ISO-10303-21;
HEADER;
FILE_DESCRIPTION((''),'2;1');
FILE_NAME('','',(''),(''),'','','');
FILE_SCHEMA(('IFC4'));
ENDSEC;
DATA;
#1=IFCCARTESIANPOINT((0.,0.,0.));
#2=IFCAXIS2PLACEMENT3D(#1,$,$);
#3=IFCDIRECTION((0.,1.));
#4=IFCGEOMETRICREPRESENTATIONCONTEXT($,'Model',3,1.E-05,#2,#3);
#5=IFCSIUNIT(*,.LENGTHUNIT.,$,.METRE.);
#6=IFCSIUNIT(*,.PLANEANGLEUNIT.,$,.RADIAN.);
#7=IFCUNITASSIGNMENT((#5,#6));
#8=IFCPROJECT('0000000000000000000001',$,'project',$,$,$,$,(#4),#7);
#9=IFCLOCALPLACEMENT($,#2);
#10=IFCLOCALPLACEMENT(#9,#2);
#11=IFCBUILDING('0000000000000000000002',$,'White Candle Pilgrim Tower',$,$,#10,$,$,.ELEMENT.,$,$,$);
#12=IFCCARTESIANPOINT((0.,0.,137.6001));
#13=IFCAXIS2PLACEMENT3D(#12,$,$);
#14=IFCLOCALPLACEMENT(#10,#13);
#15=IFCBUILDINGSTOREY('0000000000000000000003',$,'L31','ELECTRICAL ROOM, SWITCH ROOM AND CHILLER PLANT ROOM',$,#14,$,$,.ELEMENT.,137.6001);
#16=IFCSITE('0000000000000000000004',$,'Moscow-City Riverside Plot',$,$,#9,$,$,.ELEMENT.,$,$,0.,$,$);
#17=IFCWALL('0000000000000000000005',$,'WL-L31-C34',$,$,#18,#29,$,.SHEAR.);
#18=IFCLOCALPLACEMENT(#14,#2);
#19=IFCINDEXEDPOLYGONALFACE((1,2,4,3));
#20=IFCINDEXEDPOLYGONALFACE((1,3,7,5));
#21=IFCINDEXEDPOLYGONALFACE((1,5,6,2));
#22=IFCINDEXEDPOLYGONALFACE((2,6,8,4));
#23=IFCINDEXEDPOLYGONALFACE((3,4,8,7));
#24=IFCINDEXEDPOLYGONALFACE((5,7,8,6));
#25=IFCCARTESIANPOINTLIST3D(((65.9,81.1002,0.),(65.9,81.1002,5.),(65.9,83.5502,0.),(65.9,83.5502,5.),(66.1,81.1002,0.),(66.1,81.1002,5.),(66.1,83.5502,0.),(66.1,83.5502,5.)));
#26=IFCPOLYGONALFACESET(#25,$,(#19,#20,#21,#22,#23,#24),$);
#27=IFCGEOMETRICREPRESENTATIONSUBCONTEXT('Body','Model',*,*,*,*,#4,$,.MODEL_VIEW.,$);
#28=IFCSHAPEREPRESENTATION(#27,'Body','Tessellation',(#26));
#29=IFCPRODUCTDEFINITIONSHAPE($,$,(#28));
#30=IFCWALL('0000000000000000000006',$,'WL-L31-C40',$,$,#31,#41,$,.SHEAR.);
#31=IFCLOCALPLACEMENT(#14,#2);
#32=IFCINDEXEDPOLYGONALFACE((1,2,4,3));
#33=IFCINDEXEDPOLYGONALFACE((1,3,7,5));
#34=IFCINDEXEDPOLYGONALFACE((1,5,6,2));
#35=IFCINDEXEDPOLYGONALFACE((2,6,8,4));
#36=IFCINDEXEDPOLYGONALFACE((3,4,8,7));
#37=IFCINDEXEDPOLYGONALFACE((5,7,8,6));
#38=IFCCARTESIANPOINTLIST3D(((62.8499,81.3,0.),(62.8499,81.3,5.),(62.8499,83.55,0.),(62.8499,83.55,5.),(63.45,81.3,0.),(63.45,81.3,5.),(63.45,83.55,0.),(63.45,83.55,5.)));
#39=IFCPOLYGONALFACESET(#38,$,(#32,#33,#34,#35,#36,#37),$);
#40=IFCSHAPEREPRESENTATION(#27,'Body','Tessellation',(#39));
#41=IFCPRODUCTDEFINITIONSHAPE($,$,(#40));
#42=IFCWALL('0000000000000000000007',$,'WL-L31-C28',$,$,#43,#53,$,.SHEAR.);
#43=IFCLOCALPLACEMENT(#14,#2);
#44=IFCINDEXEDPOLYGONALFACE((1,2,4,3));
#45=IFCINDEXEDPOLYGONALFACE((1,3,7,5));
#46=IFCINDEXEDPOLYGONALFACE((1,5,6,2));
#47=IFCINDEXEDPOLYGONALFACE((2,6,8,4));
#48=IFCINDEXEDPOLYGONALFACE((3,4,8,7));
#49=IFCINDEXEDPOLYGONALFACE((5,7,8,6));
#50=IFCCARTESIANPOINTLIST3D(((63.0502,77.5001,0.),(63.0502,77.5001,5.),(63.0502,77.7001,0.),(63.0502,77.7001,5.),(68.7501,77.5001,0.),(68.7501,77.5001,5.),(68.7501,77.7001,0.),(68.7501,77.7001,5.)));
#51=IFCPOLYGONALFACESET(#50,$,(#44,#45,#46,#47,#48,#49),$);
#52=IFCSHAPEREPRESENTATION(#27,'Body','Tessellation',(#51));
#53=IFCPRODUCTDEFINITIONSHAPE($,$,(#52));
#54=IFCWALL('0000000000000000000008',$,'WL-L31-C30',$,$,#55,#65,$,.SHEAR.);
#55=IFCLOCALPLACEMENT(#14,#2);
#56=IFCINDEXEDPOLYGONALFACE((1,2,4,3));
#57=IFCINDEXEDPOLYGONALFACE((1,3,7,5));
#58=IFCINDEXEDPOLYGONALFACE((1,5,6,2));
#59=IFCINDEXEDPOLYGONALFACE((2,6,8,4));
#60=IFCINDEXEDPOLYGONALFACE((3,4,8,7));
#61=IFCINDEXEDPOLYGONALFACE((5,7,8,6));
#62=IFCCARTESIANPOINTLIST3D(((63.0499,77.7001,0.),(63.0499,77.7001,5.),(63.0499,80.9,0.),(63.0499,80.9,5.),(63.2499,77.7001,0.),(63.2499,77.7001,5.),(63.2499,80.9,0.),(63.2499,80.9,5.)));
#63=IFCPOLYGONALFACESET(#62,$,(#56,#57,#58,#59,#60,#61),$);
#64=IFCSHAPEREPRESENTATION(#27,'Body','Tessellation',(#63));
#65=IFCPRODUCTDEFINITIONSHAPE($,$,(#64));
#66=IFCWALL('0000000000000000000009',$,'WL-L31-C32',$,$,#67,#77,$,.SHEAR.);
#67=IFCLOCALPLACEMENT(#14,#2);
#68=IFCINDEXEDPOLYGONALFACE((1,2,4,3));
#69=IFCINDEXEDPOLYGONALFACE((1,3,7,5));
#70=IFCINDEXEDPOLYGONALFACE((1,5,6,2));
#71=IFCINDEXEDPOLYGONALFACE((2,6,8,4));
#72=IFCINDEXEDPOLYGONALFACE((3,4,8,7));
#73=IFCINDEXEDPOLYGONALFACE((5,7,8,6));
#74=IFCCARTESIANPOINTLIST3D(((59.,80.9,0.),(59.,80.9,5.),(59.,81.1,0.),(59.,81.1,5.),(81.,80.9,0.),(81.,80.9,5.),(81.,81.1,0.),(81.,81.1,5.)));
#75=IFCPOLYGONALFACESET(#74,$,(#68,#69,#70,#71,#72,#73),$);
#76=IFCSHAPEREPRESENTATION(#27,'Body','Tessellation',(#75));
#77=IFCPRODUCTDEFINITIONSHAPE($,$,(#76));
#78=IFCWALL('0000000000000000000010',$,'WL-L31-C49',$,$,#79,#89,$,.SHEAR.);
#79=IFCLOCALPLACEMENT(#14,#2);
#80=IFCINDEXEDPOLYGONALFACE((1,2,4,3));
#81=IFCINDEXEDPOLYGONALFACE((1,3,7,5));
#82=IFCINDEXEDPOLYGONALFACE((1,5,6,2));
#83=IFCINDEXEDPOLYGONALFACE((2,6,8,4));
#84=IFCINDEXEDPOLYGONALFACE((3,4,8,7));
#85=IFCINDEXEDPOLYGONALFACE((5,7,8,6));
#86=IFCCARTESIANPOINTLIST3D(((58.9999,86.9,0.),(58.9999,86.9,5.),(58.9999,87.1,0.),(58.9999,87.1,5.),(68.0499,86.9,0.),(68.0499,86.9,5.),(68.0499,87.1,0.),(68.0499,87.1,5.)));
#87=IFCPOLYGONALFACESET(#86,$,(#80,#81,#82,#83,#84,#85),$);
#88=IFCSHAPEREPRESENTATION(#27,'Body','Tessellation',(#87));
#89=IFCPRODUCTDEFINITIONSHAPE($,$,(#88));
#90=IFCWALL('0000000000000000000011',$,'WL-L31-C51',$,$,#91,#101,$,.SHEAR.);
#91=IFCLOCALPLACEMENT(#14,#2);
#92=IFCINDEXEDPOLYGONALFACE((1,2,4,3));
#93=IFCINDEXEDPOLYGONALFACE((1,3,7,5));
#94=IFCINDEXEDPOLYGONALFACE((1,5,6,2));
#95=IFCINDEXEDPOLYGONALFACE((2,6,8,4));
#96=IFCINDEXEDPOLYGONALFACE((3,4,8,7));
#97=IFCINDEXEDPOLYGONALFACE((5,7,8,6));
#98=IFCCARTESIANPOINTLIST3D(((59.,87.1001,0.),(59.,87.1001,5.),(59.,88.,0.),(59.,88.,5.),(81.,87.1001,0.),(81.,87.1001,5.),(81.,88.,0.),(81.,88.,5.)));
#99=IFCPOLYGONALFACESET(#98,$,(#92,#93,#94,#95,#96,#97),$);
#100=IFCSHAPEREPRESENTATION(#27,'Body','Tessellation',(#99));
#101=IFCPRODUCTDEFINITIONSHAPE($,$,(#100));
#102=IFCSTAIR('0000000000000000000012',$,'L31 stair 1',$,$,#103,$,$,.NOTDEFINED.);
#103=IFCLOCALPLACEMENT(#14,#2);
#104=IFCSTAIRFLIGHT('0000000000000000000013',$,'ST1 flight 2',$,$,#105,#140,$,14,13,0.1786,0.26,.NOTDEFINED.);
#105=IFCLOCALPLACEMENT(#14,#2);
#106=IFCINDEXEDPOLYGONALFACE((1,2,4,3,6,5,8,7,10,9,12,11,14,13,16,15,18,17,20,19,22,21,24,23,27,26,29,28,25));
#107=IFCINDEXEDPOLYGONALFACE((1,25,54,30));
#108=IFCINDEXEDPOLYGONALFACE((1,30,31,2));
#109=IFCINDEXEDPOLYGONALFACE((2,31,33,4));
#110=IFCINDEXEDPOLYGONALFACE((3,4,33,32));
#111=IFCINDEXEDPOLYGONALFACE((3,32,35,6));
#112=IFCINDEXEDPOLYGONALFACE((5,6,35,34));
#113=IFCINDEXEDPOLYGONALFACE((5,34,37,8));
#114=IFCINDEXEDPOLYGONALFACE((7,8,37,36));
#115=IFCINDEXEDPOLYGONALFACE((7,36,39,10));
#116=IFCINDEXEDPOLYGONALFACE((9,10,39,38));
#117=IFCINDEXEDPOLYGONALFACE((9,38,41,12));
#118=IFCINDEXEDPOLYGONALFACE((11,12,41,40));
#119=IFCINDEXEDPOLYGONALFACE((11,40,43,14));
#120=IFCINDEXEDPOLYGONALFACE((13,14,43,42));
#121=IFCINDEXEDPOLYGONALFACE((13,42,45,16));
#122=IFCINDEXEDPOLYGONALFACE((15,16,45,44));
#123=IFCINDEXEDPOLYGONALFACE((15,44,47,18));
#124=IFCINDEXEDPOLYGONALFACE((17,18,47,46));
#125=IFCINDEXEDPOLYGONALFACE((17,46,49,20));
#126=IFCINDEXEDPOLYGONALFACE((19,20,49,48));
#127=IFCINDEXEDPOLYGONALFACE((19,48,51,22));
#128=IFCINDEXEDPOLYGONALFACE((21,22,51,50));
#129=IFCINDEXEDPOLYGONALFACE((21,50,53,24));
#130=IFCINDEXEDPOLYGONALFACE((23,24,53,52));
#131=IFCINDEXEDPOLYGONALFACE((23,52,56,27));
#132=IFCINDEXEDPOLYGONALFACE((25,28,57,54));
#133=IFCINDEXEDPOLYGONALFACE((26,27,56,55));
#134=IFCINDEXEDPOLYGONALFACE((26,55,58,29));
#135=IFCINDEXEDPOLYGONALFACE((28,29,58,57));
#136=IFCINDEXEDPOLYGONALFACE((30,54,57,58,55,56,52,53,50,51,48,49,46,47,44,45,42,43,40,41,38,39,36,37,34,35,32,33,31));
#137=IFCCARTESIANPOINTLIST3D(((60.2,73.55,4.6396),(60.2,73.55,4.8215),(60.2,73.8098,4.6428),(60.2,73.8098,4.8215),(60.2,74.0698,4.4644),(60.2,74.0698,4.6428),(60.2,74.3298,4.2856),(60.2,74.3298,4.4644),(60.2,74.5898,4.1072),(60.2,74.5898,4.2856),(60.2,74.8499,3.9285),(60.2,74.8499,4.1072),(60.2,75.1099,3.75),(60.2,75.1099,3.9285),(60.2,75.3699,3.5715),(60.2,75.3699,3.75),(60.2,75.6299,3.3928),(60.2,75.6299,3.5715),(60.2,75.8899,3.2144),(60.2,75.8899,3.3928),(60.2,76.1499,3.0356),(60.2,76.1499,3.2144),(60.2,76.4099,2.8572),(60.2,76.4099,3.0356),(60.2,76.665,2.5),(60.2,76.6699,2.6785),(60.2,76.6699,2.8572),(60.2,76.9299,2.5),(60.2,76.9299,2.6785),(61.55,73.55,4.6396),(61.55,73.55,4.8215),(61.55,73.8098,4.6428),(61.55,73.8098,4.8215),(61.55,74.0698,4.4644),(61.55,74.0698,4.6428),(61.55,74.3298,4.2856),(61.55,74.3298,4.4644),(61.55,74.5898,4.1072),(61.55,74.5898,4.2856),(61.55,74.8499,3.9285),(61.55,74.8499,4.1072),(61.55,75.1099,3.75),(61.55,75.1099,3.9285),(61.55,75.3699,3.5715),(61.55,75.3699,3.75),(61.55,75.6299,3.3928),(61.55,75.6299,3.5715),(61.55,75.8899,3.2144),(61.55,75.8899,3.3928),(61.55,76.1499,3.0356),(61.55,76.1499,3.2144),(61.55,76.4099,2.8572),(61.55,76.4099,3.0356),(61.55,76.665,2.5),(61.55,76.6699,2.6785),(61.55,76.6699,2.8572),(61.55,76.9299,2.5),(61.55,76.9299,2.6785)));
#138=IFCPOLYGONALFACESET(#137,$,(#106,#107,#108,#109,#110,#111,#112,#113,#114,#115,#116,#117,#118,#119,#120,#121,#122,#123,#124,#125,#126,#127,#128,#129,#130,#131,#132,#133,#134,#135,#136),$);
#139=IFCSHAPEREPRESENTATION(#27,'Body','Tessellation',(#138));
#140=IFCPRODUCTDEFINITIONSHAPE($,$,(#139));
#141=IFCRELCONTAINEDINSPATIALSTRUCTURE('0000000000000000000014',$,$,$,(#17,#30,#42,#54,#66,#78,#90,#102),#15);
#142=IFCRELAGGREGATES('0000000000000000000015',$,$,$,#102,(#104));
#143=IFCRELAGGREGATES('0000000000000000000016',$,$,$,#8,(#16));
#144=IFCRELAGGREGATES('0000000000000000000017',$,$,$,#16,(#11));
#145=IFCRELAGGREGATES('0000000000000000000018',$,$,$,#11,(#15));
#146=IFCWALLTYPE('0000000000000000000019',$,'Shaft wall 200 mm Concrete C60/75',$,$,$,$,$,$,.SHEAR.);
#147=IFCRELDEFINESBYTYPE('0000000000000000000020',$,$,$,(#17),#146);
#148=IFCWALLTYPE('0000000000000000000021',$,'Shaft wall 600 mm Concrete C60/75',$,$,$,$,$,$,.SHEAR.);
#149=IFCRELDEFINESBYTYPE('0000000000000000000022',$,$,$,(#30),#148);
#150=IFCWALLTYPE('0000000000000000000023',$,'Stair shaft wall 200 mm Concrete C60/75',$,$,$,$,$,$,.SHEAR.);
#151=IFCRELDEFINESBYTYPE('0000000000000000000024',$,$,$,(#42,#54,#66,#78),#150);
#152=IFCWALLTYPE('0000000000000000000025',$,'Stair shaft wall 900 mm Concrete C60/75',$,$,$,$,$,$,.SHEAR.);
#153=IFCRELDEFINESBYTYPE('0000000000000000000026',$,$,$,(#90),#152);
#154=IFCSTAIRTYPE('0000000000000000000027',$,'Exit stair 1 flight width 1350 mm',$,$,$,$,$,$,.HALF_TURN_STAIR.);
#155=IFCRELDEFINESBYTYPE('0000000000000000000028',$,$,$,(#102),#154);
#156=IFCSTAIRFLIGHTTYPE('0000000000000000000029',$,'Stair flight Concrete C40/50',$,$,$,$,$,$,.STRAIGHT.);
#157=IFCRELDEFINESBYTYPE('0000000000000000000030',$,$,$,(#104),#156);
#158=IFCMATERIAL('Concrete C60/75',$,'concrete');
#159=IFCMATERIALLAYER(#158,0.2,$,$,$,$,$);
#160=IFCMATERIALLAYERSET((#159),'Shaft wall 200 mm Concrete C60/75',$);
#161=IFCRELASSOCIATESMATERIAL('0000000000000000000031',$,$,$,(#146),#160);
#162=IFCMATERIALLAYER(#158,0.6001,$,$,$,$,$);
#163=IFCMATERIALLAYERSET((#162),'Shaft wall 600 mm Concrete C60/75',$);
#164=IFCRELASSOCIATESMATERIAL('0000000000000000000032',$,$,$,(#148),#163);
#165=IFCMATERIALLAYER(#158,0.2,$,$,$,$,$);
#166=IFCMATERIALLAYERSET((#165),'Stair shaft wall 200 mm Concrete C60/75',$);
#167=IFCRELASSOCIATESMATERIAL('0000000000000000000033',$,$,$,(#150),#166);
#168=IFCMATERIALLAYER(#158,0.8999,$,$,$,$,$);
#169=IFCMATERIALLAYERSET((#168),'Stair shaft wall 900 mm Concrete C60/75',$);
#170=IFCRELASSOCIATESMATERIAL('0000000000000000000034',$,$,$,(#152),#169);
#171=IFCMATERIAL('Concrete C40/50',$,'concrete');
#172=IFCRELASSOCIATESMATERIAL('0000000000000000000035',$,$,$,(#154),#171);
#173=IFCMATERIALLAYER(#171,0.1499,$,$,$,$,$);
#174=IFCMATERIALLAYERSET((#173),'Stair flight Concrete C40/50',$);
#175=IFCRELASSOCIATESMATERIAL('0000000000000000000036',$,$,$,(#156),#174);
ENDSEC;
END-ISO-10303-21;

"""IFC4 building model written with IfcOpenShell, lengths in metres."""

from ifc_helpers import new_model, si_unit, direction, frame, frame_2d, origin, place, context, subcontext, project, spatial, polyline, rectangle, outline, extrude, material, layer, layer_set, type_object, element, aggregate, save


model = new_model("IFC4")

# Units and contexts
model_context = context("Model", 3, precision=1e-05, world=origin(), true_north=direction((0.0, 1.0)))
body_context = subcontext(model_context, "Body", "Model", "MODEL_VIEW")
ifc_project = project(units=[si_unit("LENGTHUNIT", "METRE"), si_unit("PLANEANGLEUNIT", "RADIAN")], contexts=[model_context])

# Site, building, storey
site_placement = place(None, origin())
site = spatial("IfcSite", under=ifc_project, at=site_placement, Name="Moscow-City Riverside Plot", CompositionType="ELEMENT", RefElevation=0.0)
building_placement = place(site_placement, origin())
building = spatial("IfcBuilding", under=site, at=building_placement, Name="White Candle Pilgrim Tower", CompositionType="ELEMENT")
storey_placement = place(building_placement, frame((0.0, 0.0, 137.6001)))
storey = spatial("IfcBuildingStorey", under=building, at=storey_placement, Name="L31", Description="ELECTRICAL ROOM, SWITCH ROOM AND CHILLER PLANT ROOM", CompositionType="ELEMENT", Elevation=137.6001)

# Shared definitions
ifc_material_1 = material(Name="Concrete C60/75", Category="concrete")

# Walls
ifc_layer_1 = layer(ifc_material_1, 0.2)
ifc_layer_set_1 = layer_set([ifc_layer_1], Name="Shaft wall 200 mm Concrete C60/75")
wall_type_1 = type_object("IfcWallType", Name="Shaft wall 200 mm Concrete C60/75", PredefinedType="SHEAR", material=ifc_layer_set_1)
wall_1_placement = place(storey_placement, frame((66.0, 81.1001, 0.0), z_axis=(0.0, 0.0, 1.0), x_axis=(0.0, 1.0, 0.0)))
element("IfcWall", 1, at=wall_1_placement, inside=storey, type_object=wall_type_1, Name="WL-L31-C34", PredefinedType="SHEAR", context=body_context, shape_type="SweptSolid", body=[
    extrude(rectangle(XDim=2.45, YDim=0.2, at=frame_2d((1.2251, 0.0))), origin(), (0.0, 0.0, 1.0), 5.0),
])
ifc_layer_2 = layer(ifc_material_1, 0.6001)
ifc_layer_set_2 = layer_set([ifc_layer_2], Name="Shaft wall 600 mm Concrete C60/75")
wall_type_2 = type_object("IfcWallType", Name="Shaft wall 600 mm Concrete C60/75", PredefinedType="SHEAR", material=ifc_layer_set_2)
wall_2_placement = place(storey_placement, frame((63.1499, 81.3, 0.0), z_axis=(0.0, 0.0, 1.0), x_axis=(0.0, 1.0, 0.0)))
element("IfcWall", 2, at=wall_2_placement, inside=storey, type_object=wall_type_2, Name="WL-L31-C40", PredefinedType="SHEAR", context=body_context, shape_type="SweptSolid", body=[
    extrude(rectangle(XDim=2.25, YDim=0.6001, at=frame_2d((1.125, 0.0))), origin(), (0.0, 0.0, 1.0), 5.0),
])
ifc_layer_3 = layer(ifc_material_1, 0.2)
ifc_layer_set_3 = layer_set([ifc_layer_3], Name="Stair shaft wall 200 mm Concrete C60/75")
wall_type_3 = type_object("IfcWallType", Name="Stair shaft wall 200 mm Concrete C60/75", PredefinedType="SHEAR", material=ifc_layer_set_3)
wall_3_placement = place(storey_placement, frame((63.05, 77.6001, 0.0), z_axis=(0.0, 0.0, 1.0), x_axis=(1.0, 0.0, 0.0)))
element("IfcWall", 3, at=wall_3_placement, inside=storey, type_object=wall_type_3, Name="WL-L31-C28", PredefinedType="SHEAR", context=body_context, shape_type="SweptSolid", body=[
    extrude(rectangle(XDim=5.7, YDim=0.2, at=frame_2d((2.8501, 0.0))), origin(), (0.0, 0.0, 1.0), 5.0),
])
wall_4_placement = place(storey_placement, frame((63.1499, 77.7, 0.0), z_axis=(0.0, 0.0, 1.0), x_axis=(0.0, 1.0, 0.0)))
element("IfcWall", 4, at=wall_4_placement, inside=storey, type_object=wall_type_3, Name="WL-L31-C30", PredefinedType="SHEAR", context=body_context, shape_type="SweptSolid", body=[
    extrude(rectangle(XDim=3.2, YDim=0.2, at=frame_2d((1.6001, 0.0))), origin(), (0.0, 0.0, 1.0), 5.0),
])
wall_5_placement = place(storey_placement, frame((59.0, 81.0, 0.0), z_axis=(0.0, 0.0, 1.0), x_axis=(1.0, 0.0, 0.0)))
element("IfcWall", 5, at=wall_5_placement, inside=storey, type_object=wall_type_3, Name="WL-L31-C32", PredefinedType="SHEAR", context=body_context, shape_type="SweptSolid", body=[
    extrude(rectangle(XDim=22.0, YDim=0.2, at=frame_2d((11.0, 0.0))), origin(), (0.0, 0.0, 1.0), 5.0),
])
wall_6_placement = place(storey_placement, frame((59.0, 87.0, 0.0), z_axis=(0.0, 0.0, 1.0), x_axis=(1.0, 0.0, 0.0)))
element("IfcWall", 6, at=wall_6_placement, inside=storey, type_object=wall_type_3, Name="WL-L31-C49", PredefinedType="SHEAR", context=body_context, shape_type="SweptSolid", body=[
    extrude(rectangle(XDim=9.05, YDim=0.2, at=frame_2d((4.5249, 0.0))), origin(), (0.0, 0.0, 1.0), 5.0),
])
ifc_layer_4 = layer(ifc_material_1, 0.8999)
ifc_layer_set_4 = layer_set([ifc_layer_4], Name="Stair shaft wall 900 mm Concrete C60/75")
wall_type_4 = type_object("IfcWallType", Name="Stair shaft wall 900 mm Concrete C60/75", PredefinedType="SHEAR", material=ifc_layer_set_4)
wall_7_placement = place(storey_placement, frame((59.0, 87.55, 0.0), z_axis=(0.0, 0.0, 1.0), x_axis=(1.0, 0.0, 0.0)))
element("IfcWall", 7, at=wall_7_placement, inside=storey, type_object=wall_type_4, Name="WL-L31-C51", PredefinedType="SHEAR", context=body_context, shape_type="SweptSolid", body=[
    extrude(rectangle(XDim=22.0, YDim=0.8999, at=frame_2d((11.0, 0.0))), origin(), (0.0, 0.0, 1.0), 5.0),
])

# Stair, stair flight
ifc_material_2 = material(Name="Concrete C40/50", Category="concrete")
stair_type = type_object("IfcStairType", Name="Exit stair 1 flight width 1350 mm", PredefinedType="HALF_TURN_STAIR", material=ifc_material_2)
stair_placement = place(storey_placement, origin())
stair = element("IfcStair", 8, at=stair_placement, inside=storey, type_object=stair_type, Name="L31 stair 1", PredefinedType="NOTDEFINED")
ifc_layer_5 = layer(ifc_material_2, 0.1499)
ifc_layer_set_5 = layer_set([ifc_layer_5], Name="Stair flight Concrete C40/50")
stair_flight_type = type_object("IfcStairFlightType", Name="Stair flight Concrete C40/50", PredefinedType="STRAIGHT", material=ifc_layer_set_5)
stair_flight_placement = place(storey_placement, frame((60.875, 76.9299, 2.5), z_axis=(0.0, 0.0, 1.0), x_axis=(0.0, -1.0, 0.0)))
stair_flight = element("IfcStairFlight", 9, at=stair_flight_placement, type_object=stair_flight_type, Name="ST1 flight 2", NumberOfRisers=14, NumberOfTreads=13, PredefinedType="NOTDEFINED", RiserHeight=0.1786, TreadLength=0.26, context=body_context, shape_type="SweptSolid", body=[
    extrude(outline(polyline([(0.0, 0.0), (0.0, 0.1785), (0.26, 0.1785), (0.26, 0.3572), (0.52, 0.3572), (0.52, 0.5356), (0.78, 0.5356), (0.78, 0.7144), (1.04, 0.7144), (1.04, 0.8928), (1.3, 0.8928), (1.3, 1.0715), (1.5601, 1.0715), (1.5601, 1.25), (1.8201, 1.25), (1.8201, 1.4285), (2.0801, 1.4285), (2.0801, 1.6072), (2.3401, 1.6072), (2.3401, 1.7856), (2.6001, 1.7856), (2.6001, 1.9644), (2.8601, 1.9644), (2.8601, 2.1428), (3.1201, 2.1428), (3.1201, 2.3215), (3.3799, 2.3215), (3.3799, 2.5), (3.3799, 2.1396), (0.2649, 0.0), (0.0, 0.0)])), frame((0.0, 0.675, 0.0), z_axis=(0.0, -1.0, 0.0), x_axis=(1.0, 0.0, 0.0)), (0.0, 0.0, 1.0), 1.3501),
])
aggregate(stair, [stair_flight])

save(model, "model.ifc")
